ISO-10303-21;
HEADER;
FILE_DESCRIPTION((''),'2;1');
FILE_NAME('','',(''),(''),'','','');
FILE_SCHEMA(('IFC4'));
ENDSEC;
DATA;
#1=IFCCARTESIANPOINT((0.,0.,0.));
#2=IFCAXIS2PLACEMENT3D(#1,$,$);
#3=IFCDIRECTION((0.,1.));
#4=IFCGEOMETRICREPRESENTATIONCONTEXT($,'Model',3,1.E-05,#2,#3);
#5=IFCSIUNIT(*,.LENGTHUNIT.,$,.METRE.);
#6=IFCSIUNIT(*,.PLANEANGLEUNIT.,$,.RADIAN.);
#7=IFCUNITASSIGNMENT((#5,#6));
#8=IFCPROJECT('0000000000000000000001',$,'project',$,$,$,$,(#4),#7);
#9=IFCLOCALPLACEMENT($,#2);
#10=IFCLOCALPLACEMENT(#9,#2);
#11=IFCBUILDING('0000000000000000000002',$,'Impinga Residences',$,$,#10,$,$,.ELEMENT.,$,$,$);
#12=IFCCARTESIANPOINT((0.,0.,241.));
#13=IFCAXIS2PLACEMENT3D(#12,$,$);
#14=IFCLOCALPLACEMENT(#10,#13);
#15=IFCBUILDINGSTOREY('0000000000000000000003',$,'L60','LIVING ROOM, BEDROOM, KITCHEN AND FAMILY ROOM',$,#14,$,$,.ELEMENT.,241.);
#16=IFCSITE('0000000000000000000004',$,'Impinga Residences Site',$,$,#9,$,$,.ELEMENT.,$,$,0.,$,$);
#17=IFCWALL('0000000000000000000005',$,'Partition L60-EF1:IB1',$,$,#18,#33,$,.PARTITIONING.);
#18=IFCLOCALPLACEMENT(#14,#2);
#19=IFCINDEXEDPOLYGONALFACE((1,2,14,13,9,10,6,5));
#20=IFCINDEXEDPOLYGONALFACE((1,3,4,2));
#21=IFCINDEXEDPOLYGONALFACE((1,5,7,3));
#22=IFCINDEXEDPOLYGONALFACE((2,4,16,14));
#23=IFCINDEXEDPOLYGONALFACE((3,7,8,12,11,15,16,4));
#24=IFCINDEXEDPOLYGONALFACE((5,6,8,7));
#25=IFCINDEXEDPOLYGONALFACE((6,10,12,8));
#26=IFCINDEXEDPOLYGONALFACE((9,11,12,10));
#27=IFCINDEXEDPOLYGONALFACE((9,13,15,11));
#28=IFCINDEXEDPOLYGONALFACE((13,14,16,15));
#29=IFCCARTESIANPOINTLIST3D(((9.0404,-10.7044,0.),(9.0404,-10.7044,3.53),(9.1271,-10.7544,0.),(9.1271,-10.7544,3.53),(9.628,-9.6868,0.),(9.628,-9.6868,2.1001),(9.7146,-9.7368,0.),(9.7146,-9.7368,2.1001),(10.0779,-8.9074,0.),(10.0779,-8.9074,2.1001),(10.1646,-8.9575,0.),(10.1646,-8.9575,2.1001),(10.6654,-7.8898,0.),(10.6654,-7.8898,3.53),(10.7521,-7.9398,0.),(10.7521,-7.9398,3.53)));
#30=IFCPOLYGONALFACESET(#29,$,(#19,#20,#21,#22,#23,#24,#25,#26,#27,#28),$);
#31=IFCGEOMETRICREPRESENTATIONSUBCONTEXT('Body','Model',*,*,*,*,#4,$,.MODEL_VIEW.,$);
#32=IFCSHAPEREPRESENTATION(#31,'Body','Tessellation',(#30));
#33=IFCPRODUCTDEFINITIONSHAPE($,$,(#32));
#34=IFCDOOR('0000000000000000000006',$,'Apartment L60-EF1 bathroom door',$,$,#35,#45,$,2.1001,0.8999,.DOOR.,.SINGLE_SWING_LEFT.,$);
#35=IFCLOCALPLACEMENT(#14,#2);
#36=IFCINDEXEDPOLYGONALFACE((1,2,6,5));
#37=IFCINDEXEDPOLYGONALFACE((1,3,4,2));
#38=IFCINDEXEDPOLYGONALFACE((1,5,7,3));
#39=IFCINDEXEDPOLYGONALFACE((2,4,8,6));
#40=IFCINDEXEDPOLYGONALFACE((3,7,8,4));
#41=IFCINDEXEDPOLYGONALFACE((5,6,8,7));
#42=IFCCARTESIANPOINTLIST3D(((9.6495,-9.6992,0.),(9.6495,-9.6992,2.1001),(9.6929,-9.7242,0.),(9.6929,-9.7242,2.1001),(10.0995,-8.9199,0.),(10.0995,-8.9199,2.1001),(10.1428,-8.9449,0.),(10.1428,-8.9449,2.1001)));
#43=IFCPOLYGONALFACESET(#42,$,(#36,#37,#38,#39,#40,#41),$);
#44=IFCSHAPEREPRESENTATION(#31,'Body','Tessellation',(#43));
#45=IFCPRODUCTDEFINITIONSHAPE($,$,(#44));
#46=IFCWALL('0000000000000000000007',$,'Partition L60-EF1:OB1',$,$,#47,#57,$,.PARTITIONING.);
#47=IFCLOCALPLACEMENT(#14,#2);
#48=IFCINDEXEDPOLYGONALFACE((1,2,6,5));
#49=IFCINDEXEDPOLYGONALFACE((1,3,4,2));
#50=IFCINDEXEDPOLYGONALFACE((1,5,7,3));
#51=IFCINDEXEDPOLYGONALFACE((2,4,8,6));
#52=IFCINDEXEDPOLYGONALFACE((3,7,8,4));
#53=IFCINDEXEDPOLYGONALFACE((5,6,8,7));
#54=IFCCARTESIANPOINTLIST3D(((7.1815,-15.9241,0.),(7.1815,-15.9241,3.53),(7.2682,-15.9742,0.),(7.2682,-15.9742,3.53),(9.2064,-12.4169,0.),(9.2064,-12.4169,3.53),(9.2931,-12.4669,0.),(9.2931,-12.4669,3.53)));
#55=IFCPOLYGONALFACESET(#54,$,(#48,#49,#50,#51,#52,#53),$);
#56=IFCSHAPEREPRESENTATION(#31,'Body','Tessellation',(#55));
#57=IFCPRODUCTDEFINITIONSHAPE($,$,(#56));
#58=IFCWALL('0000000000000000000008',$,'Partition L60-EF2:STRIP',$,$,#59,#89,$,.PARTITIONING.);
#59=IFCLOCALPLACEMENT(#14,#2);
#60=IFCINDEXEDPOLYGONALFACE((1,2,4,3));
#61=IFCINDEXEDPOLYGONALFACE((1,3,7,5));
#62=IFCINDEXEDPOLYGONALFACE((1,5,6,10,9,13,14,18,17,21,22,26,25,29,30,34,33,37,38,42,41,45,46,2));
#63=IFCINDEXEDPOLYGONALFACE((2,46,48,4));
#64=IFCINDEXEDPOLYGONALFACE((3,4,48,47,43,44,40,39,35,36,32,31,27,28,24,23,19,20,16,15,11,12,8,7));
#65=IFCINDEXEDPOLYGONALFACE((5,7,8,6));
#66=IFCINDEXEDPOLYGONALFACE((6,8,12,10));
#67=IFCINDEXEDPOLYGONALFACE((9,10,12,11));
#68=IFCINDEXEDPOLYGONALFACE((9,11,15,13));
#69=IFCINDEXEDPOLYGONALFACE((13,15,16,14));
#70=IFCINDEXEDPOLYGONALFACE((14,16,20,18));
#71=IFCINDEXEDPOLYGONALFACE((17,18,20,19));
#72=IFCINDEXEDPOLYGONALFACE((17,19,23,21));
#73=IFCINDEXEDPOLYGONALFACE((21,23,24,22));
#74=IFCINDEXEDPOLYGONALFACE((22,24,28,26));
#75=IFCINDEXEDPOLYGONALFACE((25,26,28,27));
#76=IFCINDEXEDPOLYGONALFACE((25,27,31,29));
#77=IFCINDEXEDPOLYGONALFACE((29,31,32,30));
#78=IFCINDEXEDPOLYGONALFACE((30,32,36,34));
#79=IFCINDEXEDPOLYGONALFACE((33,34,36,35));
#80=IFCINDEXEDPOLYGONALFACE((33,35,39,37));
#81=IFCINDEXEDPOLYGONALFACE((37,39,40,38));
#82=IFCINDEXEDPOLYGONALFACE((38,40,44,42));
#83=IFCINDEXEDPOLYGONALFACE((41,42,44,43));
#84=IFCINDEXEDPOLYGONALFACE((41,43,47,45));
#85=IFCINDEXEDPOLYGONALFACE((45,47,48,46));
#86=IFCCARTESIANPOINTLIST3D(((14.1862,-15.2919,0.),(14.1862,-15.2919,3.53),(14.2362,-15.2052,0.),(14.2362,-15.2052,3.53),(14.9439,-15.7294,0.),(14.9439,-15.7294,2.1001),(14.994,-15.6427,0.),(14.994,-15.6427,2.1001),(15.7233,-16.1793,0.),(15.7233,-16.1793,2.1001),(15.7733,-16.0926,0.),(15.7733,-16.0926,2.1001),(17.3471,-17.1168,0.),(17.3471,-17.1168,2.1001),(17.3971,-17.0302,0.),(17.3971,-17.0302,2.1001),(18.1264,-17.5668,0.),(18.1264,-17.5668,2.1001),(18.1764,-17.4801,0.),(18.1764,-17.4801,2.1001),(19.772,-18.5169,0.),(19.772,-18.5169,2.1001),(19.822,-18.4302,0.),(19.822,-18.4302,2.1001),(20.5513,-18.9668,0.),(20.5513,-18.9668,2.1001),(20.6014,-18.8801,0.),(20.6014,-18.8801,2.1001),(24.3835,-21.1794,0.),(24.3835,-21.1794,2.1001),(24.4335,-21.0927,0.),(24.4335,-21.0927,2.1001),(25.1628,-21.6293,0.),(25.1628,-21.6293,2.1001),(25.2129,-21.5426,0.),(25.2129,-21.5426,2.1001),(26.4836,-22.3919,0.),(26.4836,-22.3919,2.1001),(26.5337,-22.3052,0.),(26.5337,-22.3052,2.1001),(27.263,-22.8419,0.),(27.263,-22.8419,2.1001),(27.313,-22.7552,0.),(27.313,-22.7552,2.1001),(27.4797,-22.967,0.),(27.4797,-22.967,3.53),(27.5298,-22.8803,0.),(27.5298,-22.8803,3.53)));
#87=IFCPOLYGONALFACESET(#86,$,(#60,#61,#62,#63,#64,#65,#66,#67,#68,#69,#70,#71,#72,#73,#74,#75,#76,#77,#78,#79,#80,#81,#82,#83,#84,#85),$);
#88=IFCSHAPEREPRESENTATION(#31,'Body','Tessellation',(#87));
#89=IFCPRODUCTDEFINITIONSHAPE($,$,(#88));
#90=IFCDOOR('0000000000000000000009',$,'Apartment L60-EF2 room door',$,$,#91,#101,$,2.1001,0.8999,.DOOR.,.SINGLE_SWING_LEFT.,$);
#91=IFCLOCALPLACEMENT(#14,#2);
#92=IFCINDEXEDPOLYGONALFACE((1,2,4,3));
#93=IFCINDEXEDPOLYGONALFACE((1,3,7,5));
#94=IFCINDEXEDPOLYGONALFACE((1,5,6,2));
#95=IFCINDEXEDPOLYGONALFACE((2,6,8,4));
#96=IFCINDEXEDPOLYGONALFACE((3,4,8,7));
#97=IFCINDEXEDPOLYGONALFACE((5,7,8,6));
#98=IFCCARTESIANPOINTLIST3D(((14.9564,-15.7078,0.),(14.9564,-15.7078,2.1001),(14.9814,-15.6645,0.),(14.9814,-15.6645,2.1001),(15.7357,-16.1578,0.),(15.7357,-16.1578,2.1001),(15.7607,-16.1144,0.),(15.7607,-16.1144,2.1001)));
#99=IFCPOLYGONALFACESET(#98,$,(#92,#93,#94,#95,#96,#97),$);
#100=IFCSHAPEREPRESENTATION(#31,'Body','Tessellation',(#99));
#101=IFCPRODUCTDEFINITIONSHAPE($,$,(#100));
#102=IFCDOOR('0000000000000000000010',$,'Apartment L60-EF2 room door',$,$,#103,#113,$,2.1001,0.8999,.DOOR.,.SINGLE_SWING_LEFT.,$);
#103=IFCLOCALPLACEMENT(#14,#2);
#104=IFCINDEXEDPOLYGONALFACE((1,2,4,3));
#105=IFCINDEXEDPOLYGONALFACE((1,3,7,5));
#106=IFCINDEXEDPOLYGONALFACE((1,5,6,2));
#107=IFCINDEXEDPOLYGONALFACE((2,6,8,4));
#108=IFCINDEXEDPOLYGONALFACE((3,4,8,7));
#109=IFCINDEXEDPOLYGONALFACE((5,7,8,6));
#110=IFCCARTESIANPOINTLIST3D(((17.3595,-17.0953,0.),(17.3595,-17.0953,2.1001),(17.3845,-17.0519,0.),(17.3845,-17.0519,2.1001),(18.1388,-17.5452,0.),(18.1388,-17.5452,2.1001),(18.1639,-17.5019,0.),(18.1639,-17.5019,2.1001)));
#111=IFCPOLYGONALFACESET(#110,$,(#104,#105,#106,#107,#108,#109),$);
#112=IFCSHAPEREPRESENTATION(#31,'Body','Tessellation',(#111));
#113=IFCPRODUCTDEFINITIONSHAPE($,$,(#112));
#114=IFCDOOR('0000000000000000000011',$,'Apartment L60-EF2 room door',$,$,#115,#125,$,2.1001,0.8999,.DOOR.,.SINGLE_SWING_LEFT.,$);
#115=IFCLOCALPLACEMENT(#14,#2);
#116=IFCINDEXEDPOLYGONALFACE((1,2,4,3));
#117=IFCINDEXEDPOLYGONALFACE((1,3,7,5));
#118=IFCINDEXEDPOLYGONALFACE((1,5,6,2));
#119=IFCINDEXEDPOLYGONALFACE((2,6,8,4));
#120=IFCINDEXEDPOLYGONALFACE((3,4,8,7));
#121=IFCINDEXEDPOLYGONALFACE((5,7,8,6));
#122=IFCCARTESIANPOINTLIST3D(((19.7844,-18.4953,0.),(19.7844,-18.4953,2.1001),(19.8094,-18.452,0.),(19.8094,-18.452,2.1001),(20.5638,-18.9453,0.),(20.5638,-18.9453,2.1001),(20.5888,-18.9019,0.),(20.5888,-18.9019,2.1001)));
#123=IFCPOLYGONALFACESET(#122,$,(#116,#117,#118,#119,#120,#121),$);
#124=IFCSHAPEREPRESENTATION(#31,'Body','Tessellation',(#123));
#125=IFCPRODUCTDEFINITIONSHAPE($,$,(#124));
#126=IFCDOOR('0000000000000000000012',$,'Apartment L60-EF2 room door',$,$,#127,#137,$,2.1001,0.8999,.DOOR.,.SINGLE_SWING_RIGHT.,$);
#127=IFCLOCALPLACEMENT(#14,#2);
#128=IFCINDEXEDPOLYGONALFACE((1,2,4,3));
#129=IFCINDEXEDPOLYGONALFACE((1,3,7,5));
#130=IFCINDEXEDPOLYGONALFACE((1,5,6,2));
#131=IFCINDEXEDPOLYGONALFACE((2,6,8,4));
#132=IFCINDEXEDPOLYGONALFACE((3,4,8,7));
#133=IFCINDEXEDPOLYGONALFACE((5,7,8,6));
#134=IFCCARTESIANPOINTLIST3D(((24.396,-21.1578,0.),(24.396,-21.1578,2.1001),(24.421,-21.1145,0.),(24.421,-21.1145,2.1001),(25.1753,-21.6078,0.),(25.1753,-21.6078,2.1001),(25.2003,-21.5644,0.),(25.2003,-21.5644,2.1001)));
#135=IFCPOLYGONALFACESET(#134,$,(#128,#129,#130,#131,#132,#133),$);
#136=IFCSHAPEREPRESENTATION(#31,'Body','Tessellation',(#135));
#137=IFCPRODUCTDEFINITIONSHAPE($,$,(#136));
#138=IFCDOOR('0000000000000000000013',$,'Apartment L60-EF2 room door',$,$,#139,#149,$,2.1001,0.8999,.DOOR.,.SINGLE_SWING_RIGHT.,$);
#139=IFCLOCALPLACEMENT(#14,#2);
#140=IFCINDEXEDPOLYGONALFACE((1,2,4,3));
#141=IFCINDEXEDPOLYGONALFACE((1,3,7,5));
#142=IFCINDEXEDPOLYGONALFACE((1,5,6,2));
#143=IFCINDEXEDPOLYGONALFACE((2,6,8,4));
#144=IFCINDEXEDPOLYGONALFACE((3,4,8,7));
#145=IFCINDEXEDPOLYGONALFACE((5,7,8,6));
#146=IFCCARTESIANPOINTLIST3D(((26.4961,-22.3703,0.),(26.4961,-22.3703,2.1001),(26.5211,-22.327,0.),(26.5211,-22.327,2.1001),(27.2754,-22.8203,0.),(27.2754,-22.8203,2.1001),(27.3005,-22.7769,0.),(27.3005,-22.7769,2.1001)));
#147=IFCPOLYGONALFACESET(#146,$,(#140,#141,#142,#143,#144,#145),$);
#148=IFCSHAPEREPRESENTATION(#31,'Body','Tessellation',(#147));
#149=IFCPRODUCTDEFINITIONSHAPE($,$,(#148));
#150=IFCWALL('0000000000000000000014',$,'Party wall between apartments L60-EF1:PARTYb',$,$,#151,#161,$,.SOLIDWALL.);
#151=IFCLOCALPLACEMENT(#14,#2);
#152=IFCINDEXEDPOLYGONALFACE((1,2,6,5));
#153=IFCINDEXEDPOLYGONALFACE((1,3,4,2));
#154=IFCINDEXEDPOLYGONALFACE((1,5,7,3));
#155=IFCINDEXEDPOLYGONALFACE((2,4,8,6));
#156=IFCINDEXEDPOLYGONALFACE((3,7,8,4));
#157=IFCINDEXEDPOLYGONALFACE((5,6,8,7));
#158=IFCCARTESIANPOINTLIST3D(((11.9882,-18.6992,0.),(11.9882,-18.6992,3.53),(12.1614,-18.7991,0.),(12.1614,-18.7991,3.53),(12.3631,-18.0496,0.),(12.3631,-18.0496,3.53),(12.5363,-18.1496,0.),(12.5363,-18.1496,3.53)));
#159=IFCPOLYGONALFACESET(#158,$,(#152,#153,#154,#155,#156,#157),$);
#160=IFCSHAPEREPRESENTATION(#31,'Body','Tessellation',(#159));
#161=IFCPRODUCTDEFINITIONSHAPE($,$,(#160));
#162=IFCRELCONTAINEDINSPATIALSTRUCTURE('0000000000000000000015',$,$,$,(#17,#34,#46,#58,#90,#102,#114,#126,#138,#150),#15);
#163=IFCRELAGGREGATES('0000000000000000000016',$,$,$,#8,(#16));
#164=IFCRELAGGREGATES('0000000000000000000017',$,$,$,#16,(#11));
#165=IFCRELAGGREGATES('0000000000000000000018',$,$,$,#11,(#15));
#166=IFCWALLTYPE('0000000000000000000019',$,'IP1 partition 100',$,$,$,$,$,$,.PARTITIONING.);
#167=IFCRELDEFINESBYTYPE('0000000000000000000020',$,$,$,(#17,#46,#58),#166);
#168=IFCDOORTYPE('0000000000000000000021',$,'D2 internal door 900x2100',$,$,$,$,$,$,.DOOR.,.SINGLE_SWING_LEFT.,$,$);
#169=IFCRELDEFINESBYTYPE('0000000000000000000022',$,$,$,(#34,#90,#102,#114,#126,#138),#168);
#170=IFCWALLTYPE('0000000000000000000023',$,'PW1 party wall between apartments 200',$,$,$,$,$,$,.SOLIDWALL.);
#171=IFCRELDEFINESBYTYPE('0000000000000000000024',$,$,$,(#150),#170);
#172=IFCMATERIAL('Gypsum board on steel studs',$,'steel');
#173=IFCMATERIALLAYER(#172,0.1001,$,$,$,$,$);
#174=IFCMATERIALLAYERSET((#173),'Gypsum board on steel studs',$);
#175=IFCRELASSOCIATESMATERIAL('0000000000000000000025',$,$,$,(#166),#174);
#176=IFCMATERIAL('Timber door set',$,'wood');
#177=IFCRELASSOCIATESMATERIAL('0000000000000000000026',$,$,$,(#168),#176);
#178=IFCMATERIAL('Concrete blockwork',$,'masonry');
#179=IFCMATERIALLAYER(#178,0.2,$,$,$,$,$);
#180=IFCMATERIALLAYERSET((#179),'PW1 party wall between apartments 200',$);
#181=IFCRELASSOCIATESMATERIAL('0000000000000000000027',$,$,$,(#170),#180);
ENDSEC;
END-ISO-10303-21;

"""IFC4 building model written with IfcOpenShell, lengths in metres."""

from ifc_helpers import new_model, si_unit, direction, frame, frame_2d, origin, place, context, subcontext, project, spatial, rectangle, extrude, material, layer, layer_set, type_object, element, fill, save


model = new_model("IFC4")

# Units and contexts
model_context = context("Model", 3, precision=1e-05, world=origin(), true_north=direction((0.0, 1.0)))
body_context = subcontext(model_context, "Body", "Model", "MODEL_VIEW")
ifc_project = project(units=[si_unit("LENGTHUNIT", "METRE"), si_unit("PLANEANGLEUNIT", "RADIAN")], contexts=[model_context])

# Site, building, storey
site_placement = place(None, origin())
site = spatial("IfcSite", under=ifc_project, at=site_placement, Name="Impinga Residences Site", CompositionType="ELEMENT", RefElevation=0.0)
building_placement = place(site_placement, origin())
building = spatial("IfcBuilding", under=site, at=building_placement, Name="Impinga Residences", CompositionType="ELEMENT")
storey_placement = place(building_placement, frame((0.0, 0.0, 241.0)))
storey = spatial("IfcBuildingStorey", under=building, at=storey_placement, Name="L60", Description="LIVING ROOM, BEDROOM, KITCHEN AND FAMILY ROOM", CompositionType="ELEMENT", Elevation=241.0)

# Shared definitions
ifc_material_1 = material(Name="Gypsum board on steel studs", Category="steel")
ifc_layer_1 = layer(ifc_material_1, 0.1001)
ifc_layer_set_1 = layer_set([ifc_layer_1], Name="Gypsum board on steel studs")
wall_type_1 = type_object("IfcWallType", Name="IP1 partition 100", PredefinedType="PARTITIONING", material=ifc_layer_set_1)

# Shared definitions
ifc_material_2 = material(Name="Timber door set", Category="wood")
door_type_1 = type_object("IfcDoorType", Name="D2 internal door 900x2100", OperationType="SINGLE_SWING_LEFT", PredefinedType="DOOR", material=ifc_material_2)

# Wall, opening, door
wall_1_placement = place(storey_placement, frame((10.7087, -7.9148, 0.0), z_axis=(0.0, 0.0, 1.0), x_axis=(-0.499985, -0.866034, 0.0)))
wall_1 = element("IfcWall", 1, at=wall_1_placement, inside=storey, type_object=wall_type_1, Name="Partition L60-EF1:IB1", PredefinedType="PARTITIONING", context=body_context, shape_type="SweptSolid", body=[
    extrude(rectangle(XDim=3.25, YDim=0.1001, at=frame_2d((1.625, 0.0))), origin(), (0.0, 0.0, 1.0), 3.53),
])
opening_1_placement = place(wall_1_placement, frame((1.175, 0.0, 0.0)))
opening_1 = element("IfcOpeningElement", 2, at=opening_1_placement, cuts=wall_1, PredefinedType="OPENING", context=body_context, shape_type="SweptSolid", body=[
    extrude(rectangle(XDim=0.8999, YDim=2.1001, at=frame_2d((0.45, 1.05))), frame((0.0, 0.0601, 0.0), z_axis=(0.0, -1.0, 0.0), x_axis=(1.0, 0.0, 0.0)), (0.0, 0.0, 1.0), 0.1201),
])
door_1_placement = place(opening_1_placement, origin())
door_1 = element("IfcDoor", 3, at=door_1_placement, inside=storey, type_object=door_type_1, Name="Apartment L60-EF1 bathroom door", OperationType="SINGLE_SWING_LEFT", OverallHeight=2.1001, OverallWidth=0.8999, PredefinedType="DOOR", context=body_context, shape_type="SweptSolid", body=[
    extrude(rectangle(XDim=0.8999, YDim=2.1001, at=frame_2d((0.45, 1.05))), frame((0.0, 0.0249, 0.0), z_axis=(0.0, -1.0, 0.0), x_axis=(1.0, 0.0, 0.0)), (0.0, 0.0, 1.0), 0.05),
])
fill(opening_1, door_1)

# Wall
wall_2_placement = place(storey_placement, frame((9.2498, -12.4419, 0.0), z_axis=(0.0, 0.0, 1.0), x_axis=(-0.49999, -0.866031, 0.0)))
element("IfcWall", 4, at=wall_2_placement, inside=storey, type_object=wall_type_1, Name="Partition L60-EF1:OB1", PredefinedType="PARTITIONING", context=body_context, shape_type="SweptSolid", body=[
    extrude(rectangle(XDim=4.0498, YDim=0.1001, at=frame_2d((2.0249, 0.0))), origin(), (0.0, 0.0, 1.0), 3.53),
])

# Wall, openings, doors
wall_3_placement = place(storey_placement, frame((14.2112, -15.2485, 0.0), z_axis=(0.0, 0.0, 1.0), x_axis=(0.866023, -0.500003, 0.0)))
wall_3 = element("IfcWall", 5, at=wall_3_placement, inside=storey, type_object=wall_type_1, Name="Partition L60-EF2:STRIP", PredefinedType="PARTITIONING", context=body_context, shape_type="SweptSolid", body=[
    extrude(rectangle(XDim=15.3501, YDim=0.1001, at=frame_2d((7.675, 0.0))), origin(), (0.0, 0.0, 1.0), 3.53),
])
opening_2_placement = place(wall_3_placement, frame((0.875, 0.0, 0.0)))
opening_2 = element("IfcOpeningElement", 6, at=opening_2_placement, cuts=wall_3, PredefinedType="OPENING", context=body_context, shape_type="SweptSolid", body=[
    extrude(rectangle(XDim=0.8999, YDim=2.1001, at=frame_2d((0.45, 1.05))), frame((0.0, 0.0601, 0.0), z_axis=(0.0, -1.0, 0.0), x_axis=(1.0, 0.0, 0.0)), (0.0, 0.0, 1.0), 0.1201),
])
opening_3_placement = place(wall_3_placement, frame((3.6499, 0.0, 0.0)))
opening_3 = element("IfcOpeningElement", 7, at=opening_3_placement, cuts=wall_3, PredefinedType="OPENING", context=body_context, shape_type="SweptSolid", body=[
    extrude(rectangle(XDim=0.8999, YDim=2.1001, at=frame_2d((0.45, 1.05))), frame((0.0, 0.0601, 0.0), z_axis=(0.0, -1.0, 0.0), x_axis=(1.0, 0.0, 0.0)), (0.0, 0.0, 1.0), 0.1201),
])
opening_4_placement = place(wall_3_placement, frame((6.45, 0.0, 0.0)))
opening_4 = element("IfcOpeningElement", 8, at=opening_4_placement, cuts=wall_3, PredefinedType="OPENING", context=body_context, shape_type="SweptSolid", body=[
    extrude(rectangle(XDim=0.8999, YDim=2.1001, at=frame_2d((0.45, 1.05))), frame((0.0, 0.0601, 0.0), z_axis=(0.0, -1.0, 0.0), x_axis=(1.0, 0.0, 0.0)), (0.0, 0.0, 1.0), 0.1201),
])
opening_5_placement = place(wall_3_placement, frame((11.7749, 0.0, 0.0)))
opening_5 = element("IfcOpeningElement", 9, at=opening_5_placement, cuts=wall_3, PredefinedType="OPENING", context=body_context, shape_type="SweptSolid", body=[
    extrude(rectangle(XDim=0.8999, YDim=2.1001, at=frame_2d((0.45, 1.05))), frame((0.0, 0.0601, 0.0), z_axis=(0.0, -1.0, 0.0), x_axis=(1.0, 0.0, 0.0)), (0.0, 0.0, 1.0), 0.1201),
])
opening_6_placement = place(wall_3_placement, frame((14.2, 0.0, 0.0)))
opening_6 = element("IfcOpeningElement", 10, at=opening_6_placement, cuts=wall_3, PredefinedType="OPENING", context=body_context, shape_type="SweptSolid", body=[
    extrude(rectangle(XDim=0.8999, YDim=2.1001, at=frame_2d((0.45, 1.05))), frame((0.0, 0.0601, 0.0), z_axis=(0.0, -1.0, 0.0), x_axis=(1.0, 0.0, 0.0)), (0.0, 0.0, 1.0), 0.1201),
])
door_2_placement = place(opening_2_placement, origin())
door_2 = element("IfcDoor", 11, at=door_2_placement, inside=storey, type_object=door_type_1, Name="Apartment L60-EF2 room door", OperationType="SINGLE_SWING_LEFT", OverallHeight=2.1001, OverallWidth=0.8999, PredefinedType="DOOR", context=body_context, shape_type="SweptSolid", body=[
    extrude(rectangle(XDim=0.8999, YDim=2.1001, at=frame_2d((0.45, 1.05))), frame((0.0, 0.0249, 0.0), z_axis=(0.0, -1.0, 0.0), x_axis=(1.0, 0.0, 0.0)), (0.0, 0.0, 1.0), 0.05),
])
fill(opening_2, door_2)
door_3_placement = place(opening_3_placement, origin())
door_3 = element("IfcDoor", 12, at=door_3_placement, inside=storey, type_object=door_type_1, Name="Apartment L60-EF2 room door", OperationType="SINGLE_SWING_LEFT", OverallHeight=2.1001, OverallWidth=0.8999, PredefinedType="DOOR", context=body_context, shape_type="SweptSolid", body=[
    extrude(rectangle(XDim=0.8999, YDim=2.1001, at=frame_2d((0.45, 1.05))), frame((0.0, 0.0249, 0.0), z_axis=(0.0, -1.0, 0.0), x_axis=(1.0, 0.0, 0.0)), (0.0, 0.0, 1.0), 0.05),
])
fill(opening_3, door_3)
door_4_placement = place(opening_4_placement, origin())
door_4 = element("IfcDoor", 13, at=door_4_placement, inside=storey, type_object=door_type_1, Name="Apartment L60-EF2 room door", OperationType="SINGLE_SWING_LEFT", OverallHeight=2.1001, OverallWidth=0.8999, PredefinedType="DOOR", context=body_context, shape_type="SweptSolid", body=[
    extrude(rectangle(XDim=0.8999, YDim=2.1001, at=frame_2d((0.45, 1.05))), frame((0.0, 0.0249, 0.0), z_axis=(0.0, -1.0, 0.0), x_axis=(1.0, 0.0, 0.0)), (0.0, 0.0, 1.0), 0.05),
])
fill(opening_4, door_4)
door_5_placement = place(opening_5_placement, origin())
door_5 = element("IfcDoor", 14, at=door_5_placement, inside=storey, type_object=door_type_1, Name="Apartment L60-EF2 room door", OperationType="SINGLE_SWING_RIGHT", OverallHeight=2.1001, OverallWidth=0.8999, PredefinedType="DOOR", context=body_context, shape_type="SweptSolid", body=[
    extrude(rectangle(XDim=0.8999, YDim=2.1001, at=frame_2d((0.45, 1.05))), frame((0.0, 0.0249, 0.0), z_axis=(0.0, -1.0, 0.0), x_axis=(1.0, 0.0, 0.0)), (0.0, 0.0, 1.0), 0.05),
])
fill(opening_5, door_5)
door_6_placement = place(opening_6_placement, origin())
door_6 = element("IfcDoor", 15, at=door_6_placement, inside=storey, type_object=door_type_1, Name="Apartment L60-EF2 room door", OperationType="SINGLE_SWING_RIGHT", OverallHeight=2.1001, OverallWidth=0.8999, PredefinedType="DOOR", context=body_context, shape_type="SweptSolid", body=[
    extrude(rectangle(XDim=0.8999, YDim=2.1001, at=frame_2d((0.45, 1.05))), frame((0.0, 0.0249, 0.0), z_axis=(0.0, -1.0, 0.0), x_axis=(1.0, 0.0, 0.0)), (0.0, 0.0, 1.0), 0.05),
])
fill(opening_6, door_6)

# Wall
ifc_material_3 = material(Name="Concrete blockwork", Category="masonry")
ifc_layer_2 = layer(ifc_material_3, 0.2)
ifc_layer_set_2 = layer_set([ifc_layer_2], Name="PW1 party wall between apartments 200")
wall_type_2 = type_object("IfcWallType", Name="PW1 party wall between apartments 200", PredefinedType="SOLIDWALL", material=ifc_layer_set_2)
wall_4_placement = place(storey_placement, frame((12.4497, -18.0996, 0.0), z_axis=(0.0, 0.0, 1.0), x_axis=(-0.49992, -0.866072, 0.0)))
element("IfcWall", 16, at=wall_4_placement, inside=storey, type_object=wall_type_2, Name="Party wall between apartments L60-EF1:PARTYb", PredefinedType="SOLIDWALL", context=body_context, shape_type="SweptSolid", body=[
    extrude(rectangle(XDim=0.75, YDim=0.2, at=frame_2d((0.375, 0.0))), origin(), (0.0, 0.0, 1.0), 3.53),
])

save(model, "model.ifc")
